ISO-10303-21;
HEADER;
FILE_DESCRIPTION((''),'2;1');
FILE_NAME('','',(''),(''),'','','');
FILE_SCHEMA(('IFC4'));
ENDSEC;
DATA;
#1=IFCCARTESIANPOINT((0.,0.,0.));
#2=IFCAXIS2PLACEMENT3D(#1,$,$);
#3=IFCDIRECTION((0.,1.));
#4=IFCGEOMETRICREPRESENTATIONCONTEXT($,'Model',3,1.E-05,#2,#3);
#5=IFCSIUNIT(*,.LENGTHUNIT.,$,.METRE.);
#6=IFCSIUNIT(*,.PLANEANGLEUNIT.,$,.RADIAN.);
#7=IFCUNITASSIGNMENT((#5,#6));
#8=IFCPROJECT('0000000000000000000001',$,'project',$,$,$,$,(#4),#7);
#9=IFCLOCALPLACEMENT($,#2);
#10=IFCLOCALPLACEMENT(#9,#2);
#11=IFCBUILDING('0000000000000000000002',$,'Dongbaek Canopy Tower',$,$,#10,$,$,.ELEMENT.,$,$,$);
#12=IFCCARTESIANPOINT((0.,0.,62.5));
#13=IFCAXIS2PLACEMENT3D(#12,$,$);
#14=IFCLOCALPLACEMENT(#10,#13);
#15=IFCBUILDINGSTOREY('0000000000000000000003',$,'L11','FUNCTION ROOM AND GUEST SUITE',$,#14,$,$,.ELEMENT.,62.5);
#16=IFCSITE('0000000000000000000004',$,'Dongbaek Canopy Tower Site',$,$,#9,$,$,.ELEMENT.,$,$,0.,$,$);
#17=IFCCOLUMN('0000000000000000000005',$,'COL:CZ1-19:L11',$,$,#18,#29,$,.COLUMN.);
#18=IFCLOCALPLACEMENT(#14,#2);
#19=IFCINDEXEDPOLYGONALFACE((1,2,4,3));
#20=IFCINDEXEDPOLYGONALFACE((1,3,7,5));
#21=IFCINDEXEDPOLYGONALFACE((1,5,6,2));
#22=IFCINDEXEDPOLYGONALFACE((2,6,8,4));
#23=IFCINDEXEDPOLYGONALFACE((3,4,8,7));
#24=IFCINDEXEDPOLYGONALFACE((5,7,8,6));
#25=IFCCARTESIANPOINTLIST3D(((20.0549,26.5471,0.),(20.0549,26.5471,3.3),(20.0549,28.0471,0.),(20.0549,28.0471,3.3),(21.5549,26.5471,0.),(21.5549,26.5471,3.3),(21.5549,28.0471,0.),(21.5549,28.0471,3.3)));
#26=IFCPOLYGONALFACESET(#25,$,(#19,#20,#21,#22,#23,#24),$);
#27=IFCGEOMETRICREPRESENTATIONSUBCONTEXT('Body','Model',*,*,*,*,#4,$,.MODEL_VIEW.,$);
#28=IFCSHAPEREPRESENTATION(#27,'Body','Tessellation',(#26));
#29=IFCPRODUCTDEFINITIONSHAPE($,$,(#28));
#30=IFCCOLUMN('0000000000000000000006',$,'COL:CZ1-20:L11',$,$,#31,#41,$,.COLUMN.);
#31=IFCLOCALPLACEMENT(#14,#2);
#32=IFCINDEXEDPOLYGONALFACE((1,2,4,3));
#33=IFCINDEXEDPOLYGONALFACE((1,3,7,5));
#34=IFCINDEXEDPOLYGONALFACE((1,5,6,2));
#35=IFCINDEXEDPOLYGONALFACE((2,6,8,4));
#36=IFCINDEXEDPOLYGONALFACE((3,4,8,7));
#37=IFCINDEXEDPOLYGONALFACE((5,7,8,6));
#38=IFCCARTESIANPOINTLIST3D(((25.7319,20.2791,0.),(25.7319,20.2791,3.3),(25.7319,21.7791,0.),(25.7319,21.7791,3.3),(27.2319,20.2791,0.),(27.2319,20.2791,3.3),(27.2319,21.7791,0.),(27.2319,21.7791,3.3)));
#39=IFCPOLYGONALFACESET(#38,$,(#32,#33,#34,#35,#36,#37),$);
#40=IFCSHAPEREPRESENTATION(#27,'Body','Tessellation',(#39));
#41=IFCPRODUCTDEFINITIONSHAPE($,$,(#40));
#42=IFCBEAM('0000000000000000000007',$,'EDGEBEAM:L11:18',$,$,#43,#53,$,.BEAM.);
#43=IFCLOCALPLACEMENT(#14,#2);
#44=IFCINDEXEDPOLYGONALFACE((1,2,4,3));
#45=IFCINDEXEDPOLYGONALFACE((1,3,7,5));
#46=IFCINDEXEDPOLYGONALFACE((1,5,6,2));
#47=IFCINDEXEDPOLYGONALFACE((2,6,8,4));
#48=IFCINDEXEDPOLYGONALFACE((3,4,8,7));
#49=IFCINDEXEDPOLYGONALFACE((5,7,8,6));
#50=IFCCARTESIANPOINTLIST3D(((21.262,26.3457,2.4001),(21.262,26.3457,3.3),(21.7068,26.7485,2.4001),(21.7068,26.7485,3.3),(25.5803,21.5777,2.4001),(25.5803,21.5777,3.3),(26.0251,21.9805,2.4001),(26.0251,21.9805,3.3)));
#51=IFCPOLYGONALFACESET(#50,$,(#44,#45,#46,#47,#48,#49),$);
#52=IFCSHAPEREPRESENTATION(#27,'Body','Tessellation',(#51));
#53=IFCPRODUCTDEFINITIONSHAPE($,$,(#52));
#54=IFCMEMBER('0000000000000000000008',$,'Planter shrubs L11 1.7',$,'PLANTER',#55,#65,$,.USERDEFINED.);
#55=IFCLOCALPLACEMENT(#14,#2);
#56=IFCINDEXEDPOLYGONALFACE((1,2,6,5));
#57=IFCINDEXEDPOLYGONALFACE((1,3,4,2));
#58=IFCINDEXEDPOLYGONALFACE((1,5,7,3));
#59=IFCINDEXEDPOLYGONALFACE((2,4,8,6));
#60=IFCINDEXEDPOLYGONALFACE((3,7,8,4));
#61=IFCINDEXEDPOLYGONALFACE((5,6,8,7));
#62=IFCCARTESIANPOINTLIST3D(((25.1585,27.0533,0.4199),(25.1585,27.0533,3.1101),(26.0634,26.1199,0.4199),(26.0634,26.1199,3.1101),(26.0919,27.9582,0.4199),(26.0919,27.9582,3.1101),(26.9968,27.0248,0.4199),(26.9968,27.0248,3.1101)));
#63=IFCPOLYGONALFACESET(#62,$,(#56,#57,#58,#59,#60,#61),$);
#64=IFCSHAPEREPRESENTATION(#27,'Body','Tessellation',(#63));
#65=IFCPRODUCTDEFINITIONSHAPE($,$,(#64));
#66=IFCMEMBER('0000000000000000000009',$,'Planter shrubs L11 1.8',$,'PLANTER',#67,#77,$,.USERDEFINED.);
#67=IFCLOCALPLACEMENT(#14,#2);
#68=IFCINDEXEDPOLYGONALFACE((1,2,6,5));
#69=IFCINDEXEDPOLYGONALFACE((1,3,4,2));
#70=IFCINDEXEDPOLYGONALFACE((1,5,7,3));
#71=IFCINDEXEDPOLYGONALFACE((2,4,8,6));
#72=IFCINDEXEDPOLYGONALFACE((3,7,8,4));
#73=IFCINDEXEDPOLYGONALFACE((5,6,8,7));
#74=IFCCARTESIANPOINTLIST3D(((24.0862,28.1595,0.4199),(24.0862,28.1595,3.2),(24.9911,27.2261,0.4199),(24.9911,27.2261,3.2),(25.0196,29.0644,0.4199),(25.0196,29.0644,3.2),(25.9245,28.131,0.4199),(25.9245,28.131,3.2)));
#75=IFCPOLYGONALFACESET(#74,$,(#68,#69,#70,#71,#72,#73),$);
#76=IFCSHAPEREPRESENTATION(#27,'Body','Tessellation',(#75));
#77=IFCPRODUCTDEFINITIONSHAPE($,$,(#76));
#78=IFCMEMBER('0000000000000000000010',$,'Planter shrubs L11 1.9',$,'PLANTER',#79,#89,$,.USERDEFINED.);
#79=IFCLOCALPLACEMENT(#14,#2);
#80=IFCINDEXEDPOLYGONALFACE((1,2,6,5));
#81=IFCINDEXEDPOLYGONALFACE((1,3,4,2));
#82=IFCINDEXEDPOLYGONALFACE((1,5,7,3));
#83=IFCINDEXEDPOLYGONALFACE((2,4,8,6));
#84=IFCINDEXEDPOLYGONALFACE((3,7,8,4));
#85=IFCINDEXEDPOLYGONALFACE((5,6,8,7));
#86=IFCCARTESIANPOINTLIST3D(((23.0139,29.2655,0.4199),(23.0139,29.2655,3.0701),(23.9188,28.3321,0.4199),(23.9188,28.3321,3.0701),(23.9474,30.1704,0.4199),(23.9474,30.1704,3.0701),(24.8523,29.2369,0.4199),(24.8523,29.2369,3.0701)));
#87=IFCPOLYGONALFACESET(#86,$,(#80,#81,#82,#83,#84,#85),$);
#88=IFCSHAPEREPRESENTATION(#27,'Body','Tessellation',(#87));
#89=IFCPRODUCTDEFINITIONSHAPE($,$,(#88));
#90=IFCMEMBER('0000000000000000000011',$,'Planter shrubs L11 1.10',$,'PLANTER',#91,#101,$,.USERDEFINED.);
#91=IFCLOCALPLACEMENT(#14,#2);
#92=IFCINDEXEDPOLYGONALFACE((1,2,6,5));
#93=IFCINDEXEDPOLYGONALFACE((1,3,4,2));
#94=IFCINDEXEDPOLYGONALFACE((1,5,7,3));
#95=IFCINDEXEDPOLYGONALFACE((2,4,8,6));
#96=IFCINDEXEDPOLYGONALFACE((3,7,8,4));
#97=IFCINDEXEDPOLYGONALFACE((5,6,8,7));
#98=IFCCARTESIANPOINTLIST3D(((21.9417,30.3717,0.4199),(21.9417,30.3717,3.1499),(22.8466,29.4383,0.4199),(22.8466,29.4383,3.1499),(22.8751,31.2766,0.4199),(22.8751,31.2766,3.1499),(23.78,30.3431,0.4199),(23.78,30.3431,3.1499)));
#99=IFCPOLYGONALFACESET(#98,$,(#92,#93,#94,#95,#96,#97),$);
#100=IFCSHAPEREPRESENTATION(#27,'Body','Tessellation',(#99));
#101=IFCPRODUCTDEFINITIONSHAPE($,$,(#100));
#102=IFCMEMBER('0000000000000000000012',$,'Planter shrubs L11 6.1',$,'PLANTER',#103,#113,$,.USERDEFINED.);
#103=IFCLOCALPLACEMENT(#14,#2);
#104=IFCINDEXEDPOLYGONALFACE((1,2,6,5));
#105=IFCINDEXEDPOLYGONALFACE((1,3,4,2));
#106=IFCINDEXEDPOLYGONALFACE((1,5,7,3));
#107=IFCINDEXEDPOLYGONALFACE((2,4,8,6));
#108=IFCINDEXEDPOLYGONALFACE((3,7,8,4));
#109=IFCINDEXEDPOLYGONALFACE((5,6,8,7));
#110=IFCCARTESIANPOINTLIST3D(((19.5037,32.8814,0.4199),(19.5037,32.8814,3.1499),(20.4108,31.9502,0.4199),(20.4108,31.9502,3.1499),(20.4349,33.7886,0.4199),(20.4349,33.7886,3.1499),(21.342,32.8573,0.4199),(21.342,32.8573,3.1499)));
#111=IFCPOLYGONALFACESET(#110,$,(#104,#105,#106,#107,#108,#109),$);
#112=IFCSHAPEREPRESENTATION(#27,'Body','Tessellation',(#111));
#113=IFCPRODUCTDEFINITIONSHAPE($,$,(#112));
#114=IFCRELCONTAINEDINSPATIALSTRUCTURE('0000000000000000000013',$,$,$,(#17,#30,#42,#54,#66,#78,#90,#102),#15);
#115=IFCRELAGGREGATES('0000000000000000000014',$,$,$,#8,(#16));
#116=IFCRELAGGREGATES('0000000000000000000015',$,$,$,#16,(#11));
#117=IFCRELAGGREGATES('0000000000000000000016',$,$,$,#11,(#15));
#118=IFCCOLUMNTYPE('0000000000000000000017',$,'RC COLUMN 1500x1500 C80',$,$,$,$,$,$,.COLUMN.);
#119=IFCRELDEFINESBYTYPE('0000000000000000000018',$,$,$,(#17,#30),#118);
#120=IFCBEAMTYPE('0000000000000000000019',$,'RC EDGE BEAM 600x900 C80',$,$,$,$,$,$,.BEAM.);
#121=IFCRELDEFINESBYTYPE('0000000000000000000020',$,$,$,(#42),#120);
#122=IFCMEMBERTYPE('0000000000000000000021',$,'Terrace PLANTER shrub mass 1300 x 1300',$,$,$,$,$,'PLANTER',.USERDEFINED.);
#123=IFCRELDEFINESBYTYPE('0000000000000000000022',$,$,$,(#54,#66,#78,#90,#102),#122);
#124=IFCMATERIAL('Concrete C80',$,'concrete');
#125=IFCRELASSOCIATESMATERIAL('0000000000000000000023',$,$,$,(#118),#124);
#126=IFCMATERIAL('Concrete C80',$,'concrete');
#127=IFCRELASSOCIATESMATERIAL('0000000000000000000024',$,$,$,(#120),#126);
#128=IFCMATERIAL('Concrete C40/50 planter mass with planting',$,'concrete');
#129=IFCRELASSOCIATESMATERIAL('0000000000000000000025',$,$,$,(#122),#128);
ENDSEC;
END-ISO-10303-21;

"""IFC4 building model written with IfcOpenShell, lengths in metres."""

from ifc_helpers import new_model, si_unit, direction, frame, origin, origin_2d, place, context, subcontext, project, spatial, rectangle, extrude, material, material_profile, profile_set, type_object, element, save


model = new_model("IFC4")

# Units and contexts
model_context = context("Model", 3, precision=1e-05, world=origin(), true_north=direction((0.0, 1.0)))
body_context = subcontext(model_context, "Body", "Model", "MODEL_VIEW")
ifc_project = project(units=[si_unit("LENGTHUNIT", "METRE"), si_unit("PLANEANGLEUNIT", "RADIAN")], contexts=[model_context])

# Site, building, storey
site_placement = place(None, origin())
site = spatial("IfcSite", under=ifc_project, at=site_placement, Name="Dongbaek Canopy Tower Site", CompositionType="ELEMENT", RefElevation=0.0)
building_placement = place(site_placement, origin())
building = spatial("IfcBuilding", under=site, at=building_placement, Name="Dongbaek Canopy Tower", CompositionType="ELEMENT")
storey_placement = place(building_placement, frame((0.0, 0.0, 62.5)))
storey = spatial("IfcBuildingStorey", under=building, at=storey_placement, Name="L11", Description="FUNCTION ROOM AND GUEST SUITE", CompositionType="ELEMENT", Elevation=62.5)

# Columns
ifc_material_1 = material(Name="Concrete C80", Category="concrete")
ifc_material_profile_1 = material_profile(ifc_material_1, rectangle(XDim=1.5, YDim=1.5, at=origin_2d()), Name="RC COLUMN 1500x1500 C80")
ifc_profile_set_1 = profile_set([ifc_material_profile_1], Name="Concrete C80")
column_type = type_object("IfcColumnType", Name="RC COLUMN 1500x1500 C80", PredefinedType="COLUMN", material=ifc_profile_set_1)
for number, where, z_axis, x_axis, name in (
    (1, (20.8049, 27.2971, 0.0), (0.0, 0.0, 1.0), (1.0, 0.0, 0.0), "COL:CZ1-19:L11"),
    (2, (26.4819, 21.0291, 0.0), (0.0, 0.0, 1.0), (1.0, 0.0, 0.0), "COL:CZ1-20:L11"),
):
    element("IfcColumn", number, at=place(storey_placement, frame(where, z_axis=z_axis, x_axis=x_axis)), inside=storey, type_object=column_type, Name=name, PredefinedType="COLUMN", context=body_context, shape_type="SweptSolid", body=[
        extrude(rectangle(XDim=1.5, YDim=1.5, at=origin_2d()), origin(), (0.0, 0.0, 1.0), 3.3),
    ])

# Beam
ifc_material_2 = material(Name="Concrete C80", Category="concrete")
ifc_material_profile_2 = material_profile(ifc_material_2, rectangle(XDim=0.6001, YDim=0.8999, at=origin_2d()), Name="RC EDGE BEAM 600x900 C80")
ifc_profile_set_2 = profile_set([ifc_material_profile_2], Name="Concrete C80")
beam_type = type_object("IfcBeamType", Name="RC EDGE BEAM 600x900 C80", PredefinedType="BEAM", material=ifc_profile_set_2)
beam_placement = place(storey_placement, frame((21.4844, 26.5471, 2.8501), z_axis=(0.671289, -0.741196, 0.0), x_axis=(0.741196, 0.671289, 0.0)))
element("IfcBeam", 3, at=beam_placement, inside=storey, type_object=beam_type, Name="EDGEBEAM:L11:18", PredefinedType="BEAM", context=body_context, shape_type="SweptSolid", body=[
    extrude(rectangle(XDim=0.6001, YDim=0.8999, at=origin_2d()), origin(), (0.0, 0.0, 1.0), 6.4329),
])

# Members
ifc_material_3 = material(Name="Concrete C40/50 planter mass with planting", Category="concrete")
ifc_material_profile_3 = material_profile(ifc_material_3, rectangle(XDim=1.3, YDim=1.3, at=origin_2d()), Name="Terrace PLANTER shrub mass 1300 x 1300")
ifc_profile_set_3 = profile_set([ifc_material_profile_3], Name="Concrete C40/50 planter mass with planting")
member_type = type_object("IfcMemberType", Name="Terrace PLANTER shrub mass 1300 x 1300", ElementType="PLANTER", PredefinedType="USERDEFINED", material=ifc_profile_set_3)
member_1_placement = place(storey_placement, frame((26.0776, 27.0391, 0.4199), z_axis=(0.0, 0.0, 1.0), x_axis=(0.718004, 0.696039, 0.0)))
element("IfcMember", 4, at=member_1_placement, inside=storey, type_object=member_type, Name="Planter shrubs L11 1.7", ObjectType="PLANTER", PredefinedType="USERDEFINED", context=body_context, shape_type="SweptSolid", body=[
    extrude(rectangle(XDim=1.3, YDim=1.3, at=origin_2d()), origin(), (0.0, 0.0, 1.0), 2.6902),
])
member_2_placement = place(storey_placement, frame((25.0054, 28.1453, 0.4199), z_axis=(0.0, 0.0, 1.0), x_axis=(0.718004, 0.696039, 0.0)))
element("IfcMember", 5, at=member_2_placement, inside=storey, type_object=member_type, Name="Planter shrubs L11 1.8", ObjectType="PLANTER", PredefinedType="USERDEFINED", context=body_context, shape_type="SweptSolid", body=[
    extrude(rectangle(XDim=1.3, YDim=1.3, at=origin_2d()), origin(), (0.0, 0.0, 1.0), 2.78),
])
member_3_placement = place(storey_placement, frame((23.9331, 29.2512, 0.4199), z_axis=(0.0, 0.0, 1.0), x_axis=(0.718004, 0.696039, 0.0)))
element("IfcMember", 6, at=member_3_placement, inside=storey, type_object=member_type, Name="Planter shrubs L11 1.9", ObjectType="PLANTER", PredefinedType="USERDEFINED", context=body_context, shape_type="SweptSolid", body=[
    extrude(rectangle(XDim=1.3, YDim=1.3, at=origin_2d()), origin(), (0.0, 0.0, 1.0), 2.6501),
])
for number, where, z_axis, x_axis, name in (
    (7, (22.8608, 30.3574, 0.4199), (0.0, 0.0, 1.0), (0.718004, 0.696039, 0.0), "Planter shrubs L11 1.10"),
    (8, (20.4229, 32.8694, 0.4199), (0.0, 0.0, 1.0), (0.716318, 0.697774, 0.0), "Planter shrubs L11 6.1"),
):
    element("IfcMember", number, at=place(storey_placement, frame(where, z_axis=z_axis, x_axis=x_axis)), inside=storey, type_object=member_type, Name=name, ObjectType="PLANTER", PredefinedType="USERDEFINED", context=body_context, shape_type="SweptSolid", body=[
        extrude(rectangle(XDim=1.3, YDim=1.3, at=origin_2d()), origin(), (0.0, 0.0, 1.0), 2.73),
    ])

save(model, "model.ifc")
